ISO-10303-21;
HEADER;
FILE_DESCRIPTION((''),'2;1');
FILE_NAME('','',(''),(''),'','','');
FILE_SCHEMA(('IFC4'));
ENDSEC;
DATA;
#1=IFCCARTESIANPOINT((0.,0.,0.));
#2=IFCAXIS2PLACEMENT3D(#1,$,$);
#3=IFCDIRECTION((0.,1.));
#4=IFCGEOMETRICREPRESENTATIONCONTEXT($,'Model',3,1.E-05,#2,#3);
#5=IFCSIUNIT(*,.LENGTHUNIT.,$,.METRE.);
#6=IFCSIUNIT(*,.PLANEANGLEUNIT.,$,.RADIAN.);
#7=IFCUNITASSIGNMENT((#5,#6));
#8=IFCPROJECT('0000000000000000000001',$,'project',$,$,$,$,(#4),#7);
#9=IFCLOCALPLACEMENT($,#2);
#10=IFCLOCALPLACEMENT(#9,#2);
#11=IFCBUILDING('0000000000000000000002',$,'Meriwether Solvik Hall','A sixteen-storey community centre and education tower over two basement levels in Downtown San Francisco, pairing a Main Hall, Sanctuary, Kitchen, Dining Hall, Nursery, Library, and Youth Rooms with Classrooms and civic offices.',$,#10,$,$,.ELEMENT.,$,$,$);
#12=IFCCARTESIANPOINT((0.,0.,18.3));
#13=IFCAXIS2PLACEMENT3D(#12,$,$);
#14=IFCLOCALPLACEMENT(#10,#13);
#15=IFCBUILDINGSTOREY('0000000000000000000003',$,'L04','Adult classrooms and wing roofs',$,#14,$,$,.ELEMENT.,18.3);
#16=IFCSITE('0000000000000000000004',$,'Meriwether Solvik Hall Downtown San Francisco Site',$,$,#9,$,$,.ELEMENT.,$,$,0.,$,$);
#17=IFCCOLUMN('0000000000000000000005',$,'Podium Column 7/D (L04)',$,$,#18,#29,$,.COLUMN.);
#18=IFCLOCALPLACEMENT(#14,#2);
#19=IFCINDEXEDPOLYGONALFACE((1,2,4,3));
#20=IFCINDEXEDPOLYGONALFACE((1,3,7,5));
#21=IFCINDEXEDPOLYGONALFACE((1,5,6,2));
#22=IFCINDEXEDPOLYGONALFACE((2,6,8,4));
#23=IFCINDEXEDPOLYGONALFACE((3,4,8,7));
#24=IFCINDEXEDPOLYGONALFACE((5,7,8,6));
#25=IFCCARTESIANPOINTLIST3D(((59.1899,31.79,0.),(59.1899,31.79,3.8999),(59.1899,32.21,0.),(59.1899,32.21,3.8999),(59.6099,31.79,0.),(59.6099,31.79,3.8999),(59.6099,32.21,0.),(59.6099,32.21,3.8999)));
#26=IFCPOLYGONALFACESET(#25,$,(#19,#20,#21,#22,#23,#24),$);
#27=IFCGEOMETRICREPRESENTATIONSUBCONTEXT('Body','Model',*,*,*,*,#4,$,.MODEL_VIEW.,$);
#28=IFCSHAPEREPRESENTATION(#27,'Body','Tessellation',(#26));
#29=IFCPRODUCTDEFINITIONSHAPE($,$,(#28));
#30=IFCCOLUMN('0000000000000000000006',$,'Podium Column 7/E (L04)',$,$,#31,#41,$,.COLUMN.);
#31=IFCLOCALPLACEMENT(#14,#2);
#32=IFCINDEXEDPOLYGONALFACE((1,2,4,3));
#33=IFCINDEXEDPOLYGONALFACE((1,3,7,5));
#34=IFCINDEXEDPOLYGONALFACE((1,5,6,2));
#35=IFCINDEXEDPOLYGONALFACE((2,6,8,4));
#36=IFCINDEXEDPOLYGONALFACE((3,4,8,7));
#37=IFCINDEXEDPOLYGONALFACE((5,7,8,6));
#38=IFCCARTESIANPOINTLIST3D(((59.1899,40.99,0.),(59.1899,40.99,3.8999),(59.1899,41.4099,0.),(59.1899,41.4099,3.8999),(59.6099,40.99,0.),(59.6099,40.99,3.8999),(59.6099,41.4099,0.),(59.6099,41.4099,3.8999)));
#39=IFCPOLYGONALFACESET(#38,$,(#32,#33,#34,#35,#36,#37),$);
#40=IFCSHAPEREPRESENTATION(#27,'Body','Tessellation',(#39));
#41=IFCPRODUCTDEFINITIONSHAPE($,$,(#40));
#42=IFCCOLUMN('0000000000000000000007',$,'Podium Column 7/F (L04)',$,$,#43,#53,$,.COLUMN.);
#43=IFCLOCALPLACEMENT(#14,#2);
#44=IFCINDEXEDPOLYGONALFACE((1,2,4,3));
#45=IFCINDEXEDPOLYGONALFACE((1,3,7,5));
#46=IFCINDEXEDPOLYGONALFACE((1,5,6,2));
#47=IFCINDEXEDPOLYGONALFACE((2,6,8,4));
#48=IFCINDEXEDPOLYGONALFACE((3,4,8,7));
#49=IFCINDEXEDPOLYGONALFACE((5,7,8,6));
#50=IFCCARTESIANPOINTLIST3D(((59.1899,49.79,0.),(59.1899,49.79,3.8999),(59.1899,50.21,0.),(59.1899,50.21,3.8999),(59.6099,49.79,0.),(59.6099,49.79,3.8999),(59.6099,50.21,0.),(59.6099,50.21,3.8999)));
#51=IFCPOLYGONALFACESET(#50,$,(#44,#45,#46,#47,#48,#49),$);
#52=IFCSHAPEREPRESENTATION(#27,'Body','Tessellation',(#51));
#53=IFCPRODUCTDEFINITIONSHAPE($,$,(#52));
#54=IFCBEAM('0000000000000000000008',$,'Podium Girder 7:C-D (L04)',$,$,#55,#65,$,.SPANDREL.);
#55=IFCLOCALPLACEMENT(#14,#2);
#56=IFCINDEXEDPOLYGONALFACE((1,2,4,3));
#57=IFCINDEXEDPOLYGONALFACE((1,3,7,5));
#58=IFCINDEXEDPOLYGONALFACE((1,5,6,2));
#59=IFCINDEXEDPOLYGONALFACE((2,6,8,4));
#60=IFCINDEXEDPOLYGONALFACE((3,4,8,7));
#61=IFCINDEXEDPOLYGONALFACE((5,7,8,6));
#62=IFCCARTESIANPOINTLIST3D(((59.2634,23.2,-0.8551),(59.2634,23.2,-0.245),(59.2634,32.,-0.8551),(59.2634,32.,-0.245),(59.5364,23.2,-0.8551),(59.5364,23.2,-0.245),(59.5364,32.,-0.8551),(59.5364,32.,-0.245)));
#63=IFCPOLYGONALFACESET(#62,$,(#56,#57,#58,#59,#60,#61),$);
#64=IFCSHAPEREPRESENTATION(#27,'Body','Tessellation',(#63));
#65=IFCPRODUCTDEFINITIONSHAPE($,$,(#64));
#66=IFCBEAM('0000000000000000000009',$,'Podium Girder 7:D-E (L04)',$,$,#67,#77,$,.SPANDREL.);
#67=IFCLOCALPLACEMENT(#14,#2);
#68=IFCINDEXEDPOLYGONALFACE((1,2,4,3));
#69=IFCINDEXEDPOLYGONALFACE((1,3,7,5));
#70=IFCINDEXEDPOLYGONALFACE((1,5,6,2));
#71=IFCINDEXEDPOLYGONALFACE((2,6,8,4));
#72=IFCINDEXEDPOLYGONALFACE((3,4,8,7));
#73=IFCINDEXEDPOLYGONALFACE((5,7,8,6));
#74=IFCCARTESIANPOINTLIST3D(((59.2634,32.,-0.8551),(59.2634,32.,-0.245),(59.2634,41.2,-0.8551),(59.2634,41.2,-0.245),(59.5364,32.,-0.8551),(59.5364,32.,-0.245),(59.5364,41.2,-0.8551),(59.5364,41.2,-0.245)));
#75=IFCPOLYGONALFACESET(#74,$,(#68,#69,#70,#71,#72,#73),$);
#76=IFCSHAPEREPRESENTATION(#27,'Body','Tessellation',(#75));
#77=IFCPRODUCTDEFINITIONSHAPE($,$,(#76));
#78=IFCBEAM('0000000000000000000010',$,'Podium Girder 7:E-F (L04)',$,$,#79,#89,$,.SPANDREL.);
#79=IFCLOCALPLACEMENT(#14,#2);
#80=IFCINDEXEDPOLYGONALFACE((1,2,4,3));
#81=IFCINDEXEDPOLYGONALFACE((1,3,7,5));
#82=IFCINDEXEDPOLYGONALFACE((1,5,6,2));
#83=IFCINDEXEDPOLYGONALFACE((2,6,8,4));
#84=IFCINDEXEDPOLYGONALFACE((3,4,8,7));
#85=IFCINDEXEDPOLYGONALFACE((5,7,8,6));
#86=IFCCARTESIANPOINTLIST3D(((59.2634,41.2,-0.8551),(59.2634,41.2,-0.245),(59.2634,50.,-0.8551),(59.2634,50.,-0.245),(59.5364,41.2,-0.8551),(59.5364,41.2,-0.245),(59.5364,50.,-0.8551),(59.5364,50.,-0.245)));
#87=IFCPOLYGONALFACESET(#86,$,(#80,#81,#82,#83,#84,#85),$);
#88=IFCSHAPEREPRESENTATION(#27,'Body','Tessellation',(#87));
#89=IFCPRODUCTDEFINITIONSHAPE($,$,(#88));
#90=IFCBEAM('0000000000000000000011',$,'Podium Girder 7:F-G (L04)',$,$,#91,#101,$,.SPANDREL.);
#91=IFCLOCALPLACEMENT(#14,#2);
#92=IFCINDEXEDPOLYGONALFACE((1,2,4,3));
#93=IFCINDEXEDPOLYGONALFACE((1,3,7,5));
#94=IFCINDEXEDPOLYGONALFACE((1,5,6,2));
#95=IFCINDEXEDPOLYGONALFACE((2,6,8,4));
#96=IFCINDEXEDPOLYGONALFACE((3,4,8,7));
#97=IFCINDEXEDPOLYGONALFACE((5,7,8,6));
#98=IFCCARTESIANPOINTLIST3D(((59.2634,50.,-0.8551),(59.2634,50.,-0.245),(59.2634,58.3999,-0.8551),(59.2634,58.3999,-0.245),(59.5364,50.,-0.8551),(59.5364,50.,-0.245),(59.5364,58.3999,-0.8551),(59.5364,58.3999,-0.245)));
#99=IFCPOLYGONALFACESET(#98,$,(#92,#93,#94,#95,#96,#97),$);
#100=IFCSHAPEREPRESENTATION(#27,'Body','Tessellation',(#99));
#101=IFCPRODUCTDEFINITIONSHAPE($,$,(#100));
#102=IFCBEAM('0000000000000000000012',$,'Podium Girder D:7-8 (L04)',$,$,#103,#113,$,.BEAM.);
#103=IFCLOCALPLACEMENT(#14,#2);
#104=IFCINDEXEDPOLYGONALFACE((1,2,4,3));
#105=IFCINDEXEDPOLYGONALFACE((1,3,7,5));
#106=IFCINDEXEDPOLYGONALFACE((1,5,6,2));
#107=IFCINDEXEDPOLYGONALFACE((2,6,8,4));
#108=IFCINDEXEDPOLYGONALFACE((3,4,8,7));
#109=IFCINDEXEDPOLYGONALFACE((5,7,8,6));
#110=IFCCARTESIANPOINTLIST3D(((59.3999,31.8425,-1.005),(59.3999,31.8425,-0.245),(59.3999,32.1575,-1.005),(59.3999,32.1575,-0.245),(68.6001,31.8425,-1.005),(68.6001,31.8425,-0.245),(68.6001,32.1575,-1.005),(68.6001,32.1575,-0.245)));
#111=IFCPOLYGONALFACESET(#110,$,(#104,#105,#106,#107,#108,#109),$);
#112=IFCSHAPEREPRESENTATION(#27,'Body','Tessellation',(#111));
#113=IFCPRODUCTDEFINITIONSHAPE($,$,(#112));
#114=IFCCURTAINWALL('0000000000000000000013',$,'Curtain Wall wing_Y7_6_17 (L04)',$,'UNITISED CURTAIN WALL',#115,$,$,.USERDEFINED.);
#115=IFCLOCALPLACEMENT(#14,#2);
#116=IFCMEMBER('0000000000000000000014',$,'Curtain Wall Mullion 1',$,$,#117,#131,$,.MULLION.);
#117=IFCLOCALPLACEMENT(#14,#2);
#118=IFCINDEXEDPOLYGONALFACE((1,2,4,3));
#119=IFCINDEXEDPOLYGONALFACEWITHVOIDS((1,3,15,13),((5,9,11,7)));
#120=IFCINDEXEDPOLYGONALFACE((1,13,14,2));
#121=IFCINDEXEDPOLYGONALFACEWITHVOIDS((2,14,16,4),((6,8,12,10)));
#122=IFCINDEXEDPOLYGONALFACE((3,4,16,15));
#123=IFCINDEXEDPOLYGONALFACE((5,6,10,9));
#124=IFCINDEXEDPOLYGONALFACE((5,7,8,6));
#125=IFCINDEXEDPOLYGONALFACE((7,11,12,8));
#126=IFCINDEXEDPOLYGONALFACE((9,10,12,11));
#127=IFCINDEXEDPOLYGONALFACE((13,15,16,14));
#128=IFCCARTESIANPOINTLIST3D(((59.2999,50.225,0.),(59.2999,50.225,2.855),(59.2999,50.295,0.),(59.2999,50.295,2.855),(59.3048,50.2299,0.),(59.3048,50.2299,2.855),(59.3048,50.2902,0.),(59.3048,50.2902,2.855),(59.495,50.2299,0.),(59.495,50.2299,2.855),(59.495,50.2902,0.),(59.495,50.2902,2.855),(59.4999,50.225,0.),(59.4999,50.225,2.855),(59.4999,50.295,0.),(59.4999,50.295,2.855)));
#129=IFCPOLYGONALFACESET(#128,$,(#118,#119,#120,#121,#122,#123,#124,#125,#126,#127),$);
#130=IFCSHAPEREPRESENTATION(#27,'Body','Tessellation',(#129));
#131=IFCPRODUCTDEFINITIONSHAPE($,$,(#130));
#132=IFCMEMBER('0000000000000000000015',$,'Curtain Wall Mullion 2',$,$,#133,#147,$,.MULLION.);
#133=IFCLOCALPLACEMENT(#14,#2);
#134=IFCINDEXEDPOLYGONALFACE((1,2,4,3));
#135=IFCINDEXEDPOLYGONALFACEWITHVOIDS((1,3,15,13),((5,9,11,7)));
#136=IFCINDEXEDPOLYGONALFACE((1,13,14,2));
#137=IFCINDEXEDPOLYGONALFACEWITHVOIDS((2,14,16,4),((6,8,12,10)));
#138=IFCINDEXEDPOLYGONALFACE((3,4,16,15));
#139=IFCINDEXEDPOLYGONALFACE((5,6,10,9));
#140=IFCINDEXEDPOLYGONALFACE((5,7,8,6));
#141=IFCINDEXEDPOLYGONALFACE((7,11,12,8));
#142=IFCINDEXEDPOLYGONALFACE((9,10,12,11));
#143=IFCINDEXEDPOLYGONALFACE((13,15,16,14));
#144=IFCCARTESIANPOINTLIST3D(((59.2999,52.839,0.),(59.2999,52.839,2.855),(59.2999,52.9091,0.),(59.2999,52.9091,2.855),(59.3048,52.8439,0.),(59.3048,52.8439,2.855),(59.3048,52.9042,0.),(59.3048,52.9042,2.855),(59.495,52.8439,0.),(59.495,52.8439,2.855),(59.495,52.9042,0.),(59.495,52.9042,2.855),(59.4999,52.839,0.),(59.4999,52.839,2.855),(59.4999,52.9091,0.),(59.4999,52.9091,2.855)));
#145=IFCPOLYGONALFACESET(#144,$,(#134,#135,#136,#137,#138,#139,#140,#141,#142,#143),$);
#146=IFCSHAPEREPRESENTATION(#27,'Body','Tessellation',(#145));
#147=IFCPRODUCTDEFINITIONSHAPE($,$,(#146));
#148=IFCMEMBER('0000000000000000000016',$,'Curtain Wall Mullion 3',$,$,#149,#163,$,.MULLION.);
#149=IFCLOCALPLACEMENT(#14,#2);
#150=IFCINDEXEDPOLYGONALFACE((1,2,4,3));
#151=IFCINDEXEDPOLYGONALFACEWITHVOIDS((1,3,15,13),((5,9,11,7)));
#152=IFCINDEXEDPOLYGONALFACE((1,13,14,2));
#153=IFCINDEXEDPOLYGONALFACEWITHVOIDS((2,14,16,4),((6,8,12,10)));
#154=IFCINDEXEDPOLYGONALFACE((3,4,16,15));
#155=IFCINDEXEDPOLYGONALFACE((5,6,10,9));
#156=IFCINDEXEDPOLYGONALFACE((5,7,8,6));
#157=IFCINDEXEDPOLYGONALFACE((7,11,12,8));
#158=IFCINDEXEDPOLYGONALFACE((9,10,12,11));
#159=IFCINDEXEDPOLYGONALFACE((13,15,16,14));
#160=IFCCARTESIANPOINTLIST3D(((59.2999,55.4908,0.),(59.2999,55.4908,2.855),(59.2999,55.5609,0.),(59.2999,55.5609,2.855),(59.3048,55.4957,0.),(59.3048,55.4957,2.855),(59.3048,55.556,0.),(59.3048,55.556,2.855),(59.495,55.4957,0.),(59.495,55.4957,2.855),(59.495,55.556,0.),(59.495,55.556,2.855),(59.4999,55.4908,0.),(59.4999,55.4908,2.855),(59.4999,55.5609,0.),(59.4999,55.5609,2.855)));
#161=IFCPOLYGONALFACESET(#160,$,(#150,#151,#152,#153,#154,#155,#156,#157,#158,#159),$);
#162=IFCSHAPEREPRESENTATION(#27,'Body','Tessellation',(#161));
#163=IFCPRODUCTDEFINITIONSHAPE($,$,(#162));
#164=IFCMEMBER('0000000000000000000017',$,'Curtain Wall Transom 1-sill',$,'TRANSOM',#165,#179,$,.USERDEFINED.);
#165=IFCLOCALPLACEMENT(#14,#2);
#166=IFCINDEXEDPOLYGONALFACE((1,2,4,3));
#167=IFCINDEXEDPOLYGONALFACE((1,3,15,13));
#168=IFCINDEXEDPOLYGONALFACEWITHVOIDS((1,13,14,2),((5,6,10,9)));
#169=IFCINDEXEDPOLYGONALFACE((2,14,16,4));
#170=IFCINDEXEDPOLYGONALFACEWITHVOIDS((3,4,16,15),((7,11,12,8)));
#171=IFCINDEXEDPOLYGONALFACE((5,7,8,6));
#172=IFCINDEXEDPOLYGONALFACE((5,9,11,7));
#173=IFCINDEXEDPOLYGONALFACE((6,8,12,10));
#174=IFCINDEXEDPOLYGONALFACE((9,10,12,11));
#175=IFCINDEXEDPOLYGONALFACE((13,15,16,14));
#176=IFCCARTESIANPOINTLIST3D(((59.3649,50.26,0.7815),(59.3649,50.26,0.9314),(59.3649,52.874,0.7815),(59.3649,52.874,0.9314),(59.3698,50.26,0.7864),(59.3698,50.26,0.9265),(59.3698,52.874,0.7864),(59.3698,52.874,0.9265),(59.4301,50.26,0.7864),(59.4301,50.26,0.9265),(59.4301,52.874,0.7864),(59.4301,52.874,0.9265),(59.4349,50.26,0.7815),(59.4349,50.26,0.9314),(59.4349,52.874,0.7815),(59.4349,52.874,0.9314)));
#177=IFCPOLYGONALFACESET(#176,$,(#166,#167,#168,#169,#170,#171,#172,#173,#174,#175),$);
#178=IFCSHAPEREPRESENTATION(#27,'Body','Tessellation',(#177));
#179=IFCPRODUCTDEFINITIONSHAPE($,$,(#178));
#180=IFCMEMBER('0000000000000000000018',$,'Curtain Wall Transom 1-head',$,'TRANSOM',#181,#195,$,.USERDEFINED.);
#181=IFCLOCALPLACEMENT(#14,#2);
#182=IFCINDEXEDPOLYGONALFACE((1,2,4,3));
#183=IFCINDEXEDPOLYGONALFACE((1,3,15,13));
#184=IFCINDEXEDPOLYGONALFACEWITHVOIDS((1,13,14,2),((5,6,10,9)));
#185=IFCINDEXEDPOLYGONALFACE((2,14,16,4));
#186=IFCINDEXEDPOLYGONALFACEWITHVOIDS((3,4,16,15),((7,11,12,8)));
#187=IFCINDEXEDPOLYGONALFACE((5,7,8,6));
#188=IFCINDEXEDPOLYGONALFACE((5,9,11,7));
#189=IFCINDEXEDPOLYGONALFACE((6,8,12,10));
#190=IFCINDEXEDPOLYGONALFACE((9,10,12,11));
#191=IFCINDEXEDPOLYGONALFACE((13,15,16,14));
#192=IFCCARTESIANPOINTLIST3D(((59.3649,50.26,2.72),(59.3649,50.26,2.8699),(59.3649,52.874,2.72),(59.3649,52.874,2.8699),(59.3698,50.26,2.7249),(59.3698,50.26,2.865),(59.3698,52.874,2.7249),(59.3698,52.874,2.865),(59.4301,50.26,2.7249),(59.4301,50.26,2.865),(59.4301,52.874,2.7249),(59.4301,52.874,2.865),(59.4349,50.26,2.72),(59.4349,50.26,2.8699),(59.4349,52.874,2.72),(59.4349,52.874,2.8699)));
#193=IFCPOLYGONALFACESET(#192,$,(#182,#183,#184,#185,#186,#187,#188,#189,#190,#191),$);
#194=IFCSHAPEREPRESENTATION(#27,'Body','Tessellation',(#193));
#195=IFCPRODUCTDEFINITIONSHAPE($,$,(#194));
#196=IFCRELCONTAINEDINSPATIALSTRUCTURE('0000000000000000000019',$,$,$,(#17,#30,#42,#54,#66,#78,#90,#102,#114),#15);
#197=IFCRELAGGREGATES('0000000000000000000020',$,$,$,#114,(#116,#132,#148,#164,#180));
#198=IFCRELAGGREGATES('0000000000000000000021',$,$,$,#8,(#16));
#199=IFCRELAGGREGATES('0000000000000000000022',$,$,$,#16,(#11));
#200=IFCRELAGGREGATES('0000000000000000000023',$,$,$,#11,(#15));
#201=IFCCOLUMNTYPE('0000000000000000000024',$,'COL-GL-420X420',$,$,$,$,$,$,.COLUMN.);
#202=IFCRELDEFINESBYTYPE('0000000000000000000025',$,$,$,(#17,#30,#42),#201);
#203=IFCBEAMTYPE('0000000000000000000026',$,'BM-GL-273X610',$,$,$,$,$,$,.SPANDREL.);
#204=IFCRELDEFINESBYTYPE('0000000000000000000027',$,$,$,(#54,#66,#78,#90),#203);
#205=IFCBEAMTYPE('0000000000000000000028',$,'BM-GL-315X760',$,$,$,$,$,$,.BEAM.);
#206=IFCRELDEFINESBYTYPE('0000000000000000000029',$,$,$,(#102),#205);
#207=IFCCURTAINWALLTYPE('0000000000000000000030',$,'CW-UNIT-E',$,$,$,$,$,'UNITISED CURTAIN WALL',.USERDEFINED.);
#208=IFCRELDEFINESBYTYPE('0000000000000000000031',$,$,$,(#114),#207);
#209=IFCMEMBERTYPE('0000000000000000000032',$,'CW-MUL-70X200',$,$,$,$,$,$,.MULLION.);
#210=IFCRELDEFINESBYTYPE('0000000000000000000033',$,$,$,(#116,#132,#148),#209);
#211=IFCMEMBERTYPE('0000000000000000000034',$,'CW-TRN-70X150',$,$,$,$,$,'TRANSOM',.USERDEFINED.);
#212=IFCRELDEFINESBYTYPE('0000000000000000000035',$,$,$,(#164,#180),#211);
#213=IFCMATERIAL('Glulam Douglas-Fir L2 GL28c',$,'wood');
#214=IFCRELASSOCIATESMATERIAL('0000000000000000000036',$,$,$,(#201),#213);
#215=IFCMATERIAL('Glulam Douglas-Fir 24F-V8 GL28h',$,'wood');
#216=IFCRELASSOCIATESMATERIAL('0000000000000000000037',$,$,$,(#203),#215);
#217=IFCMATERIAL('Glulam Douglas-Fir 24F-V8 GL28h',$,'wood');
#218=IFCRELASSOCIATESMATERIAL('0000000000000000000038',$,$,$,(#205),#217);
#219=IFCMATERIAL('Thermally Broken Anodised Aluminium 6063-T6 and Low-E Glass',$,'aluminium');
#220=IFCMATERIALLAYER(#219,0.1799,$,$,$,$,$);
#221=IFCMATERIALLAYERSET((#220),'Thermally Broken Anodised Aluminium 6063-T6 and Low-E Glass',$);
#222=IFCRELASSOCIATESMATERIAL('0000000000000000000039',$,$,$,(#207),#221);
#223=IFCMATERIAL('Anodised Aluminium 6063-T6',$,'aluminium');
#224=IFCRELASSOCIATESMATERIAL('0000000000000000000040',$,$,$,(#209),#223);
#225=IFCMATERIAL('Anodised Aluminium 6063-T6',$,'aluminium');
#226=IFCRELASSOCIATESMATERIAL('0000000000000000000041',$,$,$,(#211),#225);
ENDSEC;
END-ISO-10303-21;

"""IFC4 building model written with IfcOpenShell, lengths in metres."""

from ifc_helpers import new_model, si_unit, direction, frame, origin, origin_2d, place, context, subcontext, project, spatial, rectangle, hollow_rectangle, extrude, material, layer, layer_set, material_profile, profile_set, type_object, element, aggregate, save


model = new_model("IFC4")

# Units and contexts
model_context = context("Model", 3, precision=1e-05, world=origin(), true_north=direction((0.0, 1.0)))
body_context = subcontext(model_context, "Body", "Model", "MODEL_VIEW")
ifc_project = project(units=[si_unit("LENGTHUNIT", "METRE"), si_unit("PLANEANGLEUNIT", "RADIAN")], contexts=[model_context])

# Site, building, storey
site_placement = place(None, origin())
site = spatial("IfcSite", under=ifc_project, at=site_placement, Name="Meriwether Solvik Hall Downtown San Francisco Site", CompositionType="ELEMENT", RefElevation=0.0)
building_placement = place(site_placement, origin())
building = spatial("IfcBuilding", under=site, at=building_placement, Name="Meriwether Solvik Hall", Description="A sixteen-storey community centre and education tower over two basement levels in Downtown San Francisco, pairing a Main Hall, Sanctuary, Kitchen, Dining Hall, Nursery, Library, and Youth Rooms with Classrooms and civic offices.", CompositionType="ELEMENT")
storey_placement = place(building_placement, frame((0.0, 0.0, 18.3)))
storey = spatial("IfcBuildingStorey", under=building, at=storey_placement, Name="L04", Description="Adult classrooms and wing roofs", CompositionType="ELEMENT", Elevation=18.3)

# Columns
ifc_material_1 = material(Name="Glulam Douglas-Fir L2 GL28c", Category="wood")
ifc_material_profile_1 = material_profile(ifc_material_1, rectangle(XDim=0.4199, YDim=0.4199, at=origin_2d()), Name="GLC-420X420")
ifc_profile_set_1 = profile_set([ifc_material_profile_1], Name="Glulam Douglas-Fir L2 GL28c")
column_type = type_object("IfcColumnType", Name="COL-GL-420X420", PredefinedType="COLUMN", material=ifc_profile_set_1)
for number, where, z_axis, x_axis, name in (
    (1, (59.3999, 32.0, 0.0), (0.0, 0.0, 1.0), (1.0, 0.0, 0.0), "Podium Column 7/D (L04)"),
    (2, (59.3999, 41.2, 0.0), (0.0, 0.0, 1.0), (1.0, 0.0, 0.0), "Podium Column 7/E (L04)"),
    (3, (59.3999, 50.0, 0.0), (0.0, 0.0, 1.0), (1.0, 0.0, 0.0), "Podium Column 7/F (L04)"),
):
    element("IfcColumn", number, at=place(storey_placement, frame(where, z_axis=z_axis, x_axis=x_axis)), inside=storey, type_object=column_type, Name=name, PredefinedType="COLUMN", context=body_context, shape_type="SweptSolid", body=[
        extrude(rectangle(XDim=0.4199, YDim=0.4199, at=origin_2d()), origin(), (0.0, 0.0, 1.0), 3.8999),
    ])

# Beams
ifc_material_2 = material(Name="Glulam Douglas-Fir 24F-V8 GL28h", Category="wood")
ifc_material_profile_2 = material_profile(ifc_material_2, rectangle(XDim=0.2729, YDim=0.6101, at=origin_2d()), Name="GLB-273X610")
ifc_profile_set_2 = profile_set([ifc_material_profile_2], Name="Glulam Douglas-Fir 24F-V8 GL28h")
beam_type_1 = type_object("IfcBeamType", Name="BM-GL-273X610", PredefinedType="SPANDREL", material=ifc_profile_set_2)
beam_1_placement = place(storey_placement, frame((59.3999, 23.2, -0.55), z_axis=(0.0, 1.0, 0.0), x_axis=(-1.0, 0.0, 0.0)))
element("IfcBeam", 4, at=beam_1_placement, inside=storey, type_object=beam_type_1, Name="Podium Girder 7:C-D (L04)", PredefinedType="SPANDREL", context=body_context, shape_type="SweptSolid", body=[
    extrude(rectangle(XDim=0.2729, YDim=0.6101, at=origin_2d()), origin(), (0.0, 0.0, 1.0), 8.8),
])
beam_2_placement = place(storey_placement, frame((59.3999, 32.0, -0.55), z_axis=(0.0, 1.0, 0.0), x_axis=(-1.0, 0.0, 0.0)))
element("IfcBeam", 5, at=beam_2_placement, inside=storey, type_object=beam_type_1, Name="Podium Girder 7:D-E (L04)", PredefinedType="SPANDREL", context=body_context, shape_type="SweptSolid", body=[
    extrude(rectangle(XDim=0.2729, YDim=0.6101, at=origin_2d()), origin(), (0.0, 0.0, 1.0), 9.2),
])
beam_3_placement = place(storey_placement, frame((59.3999, 41.2, -0.55), z_axis=(0.0, 1.0, 0.0), x_axis=(-1.0, 0.0, 0.0)))
element("IfcBeam", 6, at=beam_3_placement, inside=storey, type_object=beam_type_1, Name="Podium Girder 7:E-F (L04)", PredefinedType="SPANDREL", context=body_context, shape_type="SweptSolid", body=[
    extrude(rectangle(XDim=0.2729, YDim=0.6101, at=origin_2d()), origin(), (0.0, 0.0, 1.0), 8.8),
])
beam_4_placement = place(storey_placement, frame((59.3999, 50.0, -0.55), z_axis=(0.0, 1.0, 0.0), x_axis=(-1.0, 0.0, 0.0)))
element("IfcBeam", 7, at=beam_4_placement, inside=storey, type_object=beam_type_1, Name="Podium Girder 7:F-G (L04)", PredefinedType="SPANDREL", context=body_context, shape_type="SweptSolid", body=[
    extrude(rectangle(XDim=0.2729, YDim=0.6101, at=origin_2d()), origin(), (0.0, 0.0, 1.0), 8.3999),
])
ifc_material_3 = material(Name="Glulam Douglas-Fir 24F-V8 GL28h", Category="wood")
ifc_material_profile_3 = material_profile(ifc_material_3, rectangle(XDim=0.3149, YDim=0.76, at=origin_2d()), Name="GLB-315X760")
ifc_profile_set_3 = profile_set([ifc_material_profile_3], Name="Glulam Douglas-Fir 24F-V8 GL28h")
beam_type_2 = type_object("IfcBeamType", Name="BM-GL-315X760", PredefinedType="BEAM", material=ifc_profile_set_3)
beam_5_placement = place(storey_placement, frame((59.3999, 32.0, -0.625), z_axis=(1.0, 0.0, 0.0), x_axis=(0.0, 1.0, 0.0)))
element("IfcBeam", 8, at=beam_5_placement, inside=storey, type_object=beam_type_2, Name="Podium Girder D:7-8 (L04)", PredefinedType="BEAM", context=body_context, shape_type="SweptSolid", body=[
    extrude(rectangle(XDim=0.3149, YDim=0.76, at=origin_2d()), origin(), (0.0, 0.0, 1.0), 9.2002),
])

# Curtain wall, members
ifc_material_4 = material(Name="Thermally Broken Anodised Aluminium 6063-T6 and Low-E Glass", Category="aluminium")
ifc_layer_1 = layer(ifc_material_4, 0.1799)
ifc_layer_set_1 = layer_set([ifc_layer_1], Name="Thermally Broken Anodised Aluminium 6063-T6 and Low-E Glass")
curtain_wall_type = type_object("IfcCurtainWallType", Name="CW-UNIT-E", ElementType="UNITISED CURTAIN WALL", PredefinedType="USERDEFINED", material=ifc_layer_set_1)
curtain_wall_placement = place(storey_placement, origin())
curtain_wall = element("IfcCurtainWall", 9, at=curtain_wall_placement, inside=storey, type_object=curtain_wall_type, Name="Curtain Wall wing_Y7_6_17 (L04)", ObjectType="UNITISED CURTAIN WALL", PredefinedType="USERDEFINED")
ifc_material_5 = material(Name="Anodised Aluminium 6063-T6", Category="aluminium")
ifc_material_profile_4 = material_profile(ifc_material_5, hollow_rectangle(XDim=0.0701, YDim=0.2, WallThickness=0.0049, at=origin_2d()), Name="CWM-70X200")
ifc_profile_set_4 = profile_set([ifc_material_profile_4], Name="Anodised Aluminium 6063-T6")
member_type_1 = type_object("IfcMemberType", Name="CW-MUL-70X200", PredefinedType="MULLION", material=ifc_profile_set_4)
member_1_placement = place(storey_placement, frame((59.3999, 50.26, 0.0), z_axis=(0.0, 0.0, 1.0), x_axis=(0.0, 1.0, 0.0)))
member_1 = element("IfcMember", 10, at=member_1_placement, type_object=member_type_1, Name="Curtain Wall Mullion 1", PredefinedType="MULLION", context=body_context, shape_type="SweptSolid", body=[
    extrude(hollow_rectangle(XDim=0.0701, YDim=0.2, WallThickness=0.0049, at=origin_2d()), origin(), (0.0, 0.0, 1.0), 2.855),
])
member_2_placement = place(storey_placement, frame((59.3999, 52.874, 0.0), z_axis=(0.0, 0.0, 1.0), x_axis=(0.0, 1.0, 0.0)))
member_2 = element("IfcMember", 11, at=member_2_placement, type_object=member_type_1, Name="Curtain Wall Mullion 2", PredefinedType="MULLION", context=body_context, shape_type="SweptSolid", body=[
    extrude(hollow_rectangle(XDim=0.0701, YDim=0.2, WallThickness=0.0049, at=origin_2d()), origin(), (0.0, 0.0, 1.0), 2.855),
])
member_3_placement = place(storey_placement, frame((59.3999, 55.5259, 0.0), z_axis=(0.0, 0.0, 1.0), x_axis=(0.0, 1.0, 0.0)))
member_3 = element("IfcMember", 12, at=member_3_placement, type_object=member_type_1, Name="Curtain Wall Mullion 3", PredefinedType="MULLION", context=body_context, shape_type="SweptSolid", body=[
    extrude(hollow_rectangle(XDim=0.0701, YDim=0.2, WallThickness=0.0049, at=origin_2d()), origin(), (0.0, 0.0, 1.0), 2.855),
])
ifc_material_6 = material(Name="Anodised Aluminium 6063-T6", Category="aluminium")
ifc_material_profile_5 = material_profile(ifc_material_6, hollow_rectangle(XDim=0.0701, YDim=0.1499, WallThickness=0.0049, at=origin_2d()), Name="CWT-70X150")
ifc_profile_set_5 = profile_set([ifc_material_profile_5], Name="Anodised Aluminium 6063-T6")
member_type_2 = type_object("IfcMemberType", Name="CW-TRN-70X150", ElementType="TRANSOM", PredefinedType="USERDEFINED", material=ifc_profile_set_5)
member_4_placement = place(storey_placement, frame((59.3999, 50.26, 0.8564), z_axis=(0.0, 1.0, 0.0), x_axis=(-1.0, 0.0, 0.0)))
member_4 = element("IfcMember", 13, at=member_4_placement, type_object=member_type_2, Name="Curtain Wall Transom 1-sill", ObjectType="TRANSOM", PredefinedType="USERDEFINED", context=body_context, shape_type="SweptSolid", body=[
    extrude(hollow_rectangle(XDim=0.0701, YDim=0.1499, WallThickness=0.0049, at=origin_2d()), origin(), (0.0, 0.0, 1.0), 2.614),
])
member_5_placement = place(storey_placement, frame((59.3999, 50.26, 2.7949), z_axis=(0.0, 1.0, 0.0), x_axis=(-1.0, 0.0, 0.0)))
member_5 = element("IfcMember", 14, at=member_5_placement, type_object=member_type_2, Name="Curtain Wall Transom 1-head", ObjectType="TRANSOM", PredefinedType="USERDEFINED", context=body_context, shape_type="SweptSolid", body=[
    extrude(hollow_rectangle(XDim=0.0701, YDim=0.1499, WallThickness=0.0049, at=origin_2d()), origin(), (0.0, 0.0, 1.0), 2.614),
])

aggregate(curtain_wall, [member_1, member_2, member_3, member_4, member_5])

save(model, "model.ifc")
